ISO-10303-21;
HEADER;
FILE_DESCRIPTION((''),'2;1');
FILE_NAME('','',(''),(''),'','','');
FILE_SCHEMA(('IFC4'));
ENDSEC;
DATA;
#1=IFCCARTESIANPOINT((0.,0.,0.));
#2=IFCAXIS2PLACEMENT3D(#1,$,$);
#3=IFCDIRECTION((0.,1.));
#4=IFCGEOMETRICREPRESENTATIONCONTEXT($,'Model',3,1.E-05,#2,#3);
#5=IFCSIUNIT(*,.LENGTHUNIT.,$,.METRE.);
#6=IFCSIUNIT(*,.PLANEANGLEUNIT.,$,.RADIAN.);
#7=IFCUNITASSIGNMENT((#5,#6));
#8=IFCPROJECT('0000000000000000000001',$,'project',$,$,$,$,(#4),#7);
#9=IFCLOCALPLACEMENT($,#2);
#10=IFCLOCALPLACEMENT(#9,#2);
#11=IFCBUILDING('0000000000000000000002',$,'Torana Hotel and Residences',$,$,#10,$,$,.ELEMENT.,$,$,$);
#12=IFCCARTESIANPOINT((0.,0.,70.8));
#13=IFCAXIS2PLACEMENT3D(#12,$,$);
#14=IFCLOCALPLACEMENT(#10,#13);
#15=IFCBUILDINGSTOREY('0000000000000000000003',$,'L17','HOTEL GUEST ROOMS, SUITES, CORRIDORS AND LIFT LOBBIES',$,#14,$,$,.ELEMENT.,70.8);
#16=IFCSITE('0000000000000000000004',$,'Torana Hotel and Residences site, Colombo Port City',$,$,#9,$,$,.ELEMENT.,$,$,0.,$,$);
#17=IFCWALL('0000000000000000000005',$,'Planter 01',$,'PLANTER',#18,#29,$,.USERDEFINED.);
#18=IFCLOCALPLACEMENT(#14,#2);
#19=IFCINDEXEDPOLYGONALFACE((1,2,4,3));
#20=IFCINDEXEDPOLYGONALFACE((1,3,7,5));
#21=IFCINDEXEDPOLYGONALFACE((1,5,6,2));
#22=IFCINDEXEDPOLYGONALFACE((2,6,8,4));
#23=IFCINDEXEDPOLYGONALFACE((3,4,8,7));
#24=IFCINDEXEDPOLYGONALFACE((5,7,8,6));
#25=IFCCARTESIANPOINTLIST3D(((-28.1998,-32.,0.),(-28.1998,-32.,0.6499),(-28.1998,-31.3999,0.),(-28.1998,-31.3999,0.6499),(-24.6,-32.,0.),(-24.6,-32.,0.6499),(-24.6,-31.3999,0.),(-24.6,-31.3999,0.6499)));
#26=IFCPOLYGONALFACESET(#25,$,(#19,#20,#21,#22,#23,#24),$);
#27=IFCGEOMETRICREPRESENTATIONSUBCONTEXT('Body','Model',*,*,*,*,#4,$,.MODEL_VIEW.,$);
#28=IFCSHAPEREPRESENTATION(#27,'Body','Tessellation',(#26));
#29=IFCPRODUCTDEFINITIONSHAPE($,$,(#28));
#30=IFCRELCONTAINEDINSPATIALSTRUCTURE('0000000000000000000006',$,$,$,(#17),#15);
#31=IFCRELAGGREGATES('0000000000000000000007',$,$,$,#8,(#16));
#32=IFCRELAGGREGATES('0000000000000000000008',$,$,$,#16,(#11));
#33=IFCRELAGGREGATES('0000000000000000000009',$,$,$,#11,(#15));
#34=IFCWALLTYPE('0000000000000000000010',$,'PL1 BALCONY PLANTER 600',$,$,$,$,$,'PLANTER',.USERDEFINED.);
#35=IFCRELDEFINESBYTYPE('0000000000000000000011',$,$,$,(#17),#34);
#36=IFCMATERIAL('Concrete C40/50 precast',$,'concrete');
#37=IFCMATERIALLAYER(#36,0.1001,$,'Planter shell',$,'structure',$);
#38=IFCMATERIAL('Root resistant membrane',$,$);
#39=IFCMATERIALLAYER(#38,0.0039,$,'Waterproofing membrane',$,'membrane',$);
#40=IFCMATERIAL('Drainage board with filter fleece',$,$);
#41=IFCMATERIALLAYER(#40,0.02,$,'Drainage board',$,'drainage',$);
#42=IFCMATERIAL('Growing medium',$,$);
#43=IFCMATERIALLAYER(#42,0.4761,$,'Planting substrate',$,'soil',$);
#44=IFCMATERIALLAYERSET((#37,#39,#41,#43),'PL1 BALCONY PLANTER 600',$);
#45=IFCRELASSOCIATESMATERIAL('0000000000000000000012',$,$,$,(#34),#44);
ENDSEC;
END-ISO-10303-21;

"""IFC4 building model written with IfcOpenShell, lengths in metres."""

from ifc_helpers import new_model, si_unit, direction, frame, frame_2d, origin, place, context, subcontext, project, spatial, rectangle, extrude, material, layer, layer_set, type_object, element, save


model = new_model("IFC4")

# Units and contexts
model_context = context("Model", 3, precision=1e-05, world=origin(), true_north=direction((0.0, 1.0)))
body_context = subcontext(model_context, "Body", "Model", "MODEL_VIEW")
ifc_project = project(units=[si_unit("LENGTHUNIT", "METRE"), si_unit("PLANEANGLEUNIT", "RADIAN")], contexts=[model_context])

# Site, building, storey
site_placement = place(None, origin())
site = spatial("IfcSite", under=ifc_project, at=site_placement, Name="Torana Hotel and Residences site, Colombo Port City", CompositionType="ELEMENT", RefElevation=0.0)
building_placement = place(site_placement, origin())
building = spatial("IfcBuilding", under=site, at=building_placement, Name="Torana Hotel and Residences", CompositionType="ELEMENT")
storey_placement = place(building_placement, frame((0.0, 0.0, 70.8)))
storey = spatial("IfcBuildingStorey", under=building, at=storey_placement, Name="L17", Description="HOTEL GUEST ROOMS, SUITES, CORRIDORS AND LIFT LOBBIES", CompositionType="ELEMENT", Elevation=70.8)

# Wall
ifc_material_1 = material(Name="Concrete C40/50 precast", Category="concrete")
ifc_layer_1 = layer(ifc_material_1, 0.1001, Name="Planter shell", Category="structure")
ifc_material_2 = material(Name="Root resistant membrane")
ifc_layer_2 = layer(ifc_material_2, 0.0039, Name="Waterproofing membrane", Category="membrane")
ifc_material_3 = material(Name="Drainage board with filter fleece")
ifc_layer_3 = layer(ifc_material_3, 0.02, Name="Drainage board", Category="drainage")
ifc_material_4 = material(Name="Growing medium")
ifc_layer_4 = layer(ifc_material_4, 0.4761, Name="Planting substrate", Category="soil")
ifc_layer_set_1 = layer_set([ifc_layer_1, ifc_layer_2, ifc_layer_3, ifc_layer_4], Name="PL1 BALCONY PLANTER 600")
wall_type_1 = type_object("IfcWallType", Name="PL1 BALCONY PLANTER 600", ElementType="PLANTER", PredefinedType="USERDEFINED", material=ifc_layer_set_1)
wall_1_placement = place(storey_placement, frame((-24.6001, -31.7, 0.0), z_axis=(0.0, 0.0, 1.0), x_axis=(-1.0, 0.0, 0.0)))
element("IfcWall", 1, at=wall_1_placement, inside=storey, type_object=wall_type_1, Name="Planter 01", ObjectType="PLANTER", PredefinedType="USERDEFINED", context=body_context, shape_type="SweptSolid", body=[
    extrude(rectangle(XDim=3.5999, YDim=0.6001, at=frame_2d((1.7998, 0.0))), origin(), (0.0, 0.0, 1.0), 0.6499),
])

save(model, "model.ifc")
